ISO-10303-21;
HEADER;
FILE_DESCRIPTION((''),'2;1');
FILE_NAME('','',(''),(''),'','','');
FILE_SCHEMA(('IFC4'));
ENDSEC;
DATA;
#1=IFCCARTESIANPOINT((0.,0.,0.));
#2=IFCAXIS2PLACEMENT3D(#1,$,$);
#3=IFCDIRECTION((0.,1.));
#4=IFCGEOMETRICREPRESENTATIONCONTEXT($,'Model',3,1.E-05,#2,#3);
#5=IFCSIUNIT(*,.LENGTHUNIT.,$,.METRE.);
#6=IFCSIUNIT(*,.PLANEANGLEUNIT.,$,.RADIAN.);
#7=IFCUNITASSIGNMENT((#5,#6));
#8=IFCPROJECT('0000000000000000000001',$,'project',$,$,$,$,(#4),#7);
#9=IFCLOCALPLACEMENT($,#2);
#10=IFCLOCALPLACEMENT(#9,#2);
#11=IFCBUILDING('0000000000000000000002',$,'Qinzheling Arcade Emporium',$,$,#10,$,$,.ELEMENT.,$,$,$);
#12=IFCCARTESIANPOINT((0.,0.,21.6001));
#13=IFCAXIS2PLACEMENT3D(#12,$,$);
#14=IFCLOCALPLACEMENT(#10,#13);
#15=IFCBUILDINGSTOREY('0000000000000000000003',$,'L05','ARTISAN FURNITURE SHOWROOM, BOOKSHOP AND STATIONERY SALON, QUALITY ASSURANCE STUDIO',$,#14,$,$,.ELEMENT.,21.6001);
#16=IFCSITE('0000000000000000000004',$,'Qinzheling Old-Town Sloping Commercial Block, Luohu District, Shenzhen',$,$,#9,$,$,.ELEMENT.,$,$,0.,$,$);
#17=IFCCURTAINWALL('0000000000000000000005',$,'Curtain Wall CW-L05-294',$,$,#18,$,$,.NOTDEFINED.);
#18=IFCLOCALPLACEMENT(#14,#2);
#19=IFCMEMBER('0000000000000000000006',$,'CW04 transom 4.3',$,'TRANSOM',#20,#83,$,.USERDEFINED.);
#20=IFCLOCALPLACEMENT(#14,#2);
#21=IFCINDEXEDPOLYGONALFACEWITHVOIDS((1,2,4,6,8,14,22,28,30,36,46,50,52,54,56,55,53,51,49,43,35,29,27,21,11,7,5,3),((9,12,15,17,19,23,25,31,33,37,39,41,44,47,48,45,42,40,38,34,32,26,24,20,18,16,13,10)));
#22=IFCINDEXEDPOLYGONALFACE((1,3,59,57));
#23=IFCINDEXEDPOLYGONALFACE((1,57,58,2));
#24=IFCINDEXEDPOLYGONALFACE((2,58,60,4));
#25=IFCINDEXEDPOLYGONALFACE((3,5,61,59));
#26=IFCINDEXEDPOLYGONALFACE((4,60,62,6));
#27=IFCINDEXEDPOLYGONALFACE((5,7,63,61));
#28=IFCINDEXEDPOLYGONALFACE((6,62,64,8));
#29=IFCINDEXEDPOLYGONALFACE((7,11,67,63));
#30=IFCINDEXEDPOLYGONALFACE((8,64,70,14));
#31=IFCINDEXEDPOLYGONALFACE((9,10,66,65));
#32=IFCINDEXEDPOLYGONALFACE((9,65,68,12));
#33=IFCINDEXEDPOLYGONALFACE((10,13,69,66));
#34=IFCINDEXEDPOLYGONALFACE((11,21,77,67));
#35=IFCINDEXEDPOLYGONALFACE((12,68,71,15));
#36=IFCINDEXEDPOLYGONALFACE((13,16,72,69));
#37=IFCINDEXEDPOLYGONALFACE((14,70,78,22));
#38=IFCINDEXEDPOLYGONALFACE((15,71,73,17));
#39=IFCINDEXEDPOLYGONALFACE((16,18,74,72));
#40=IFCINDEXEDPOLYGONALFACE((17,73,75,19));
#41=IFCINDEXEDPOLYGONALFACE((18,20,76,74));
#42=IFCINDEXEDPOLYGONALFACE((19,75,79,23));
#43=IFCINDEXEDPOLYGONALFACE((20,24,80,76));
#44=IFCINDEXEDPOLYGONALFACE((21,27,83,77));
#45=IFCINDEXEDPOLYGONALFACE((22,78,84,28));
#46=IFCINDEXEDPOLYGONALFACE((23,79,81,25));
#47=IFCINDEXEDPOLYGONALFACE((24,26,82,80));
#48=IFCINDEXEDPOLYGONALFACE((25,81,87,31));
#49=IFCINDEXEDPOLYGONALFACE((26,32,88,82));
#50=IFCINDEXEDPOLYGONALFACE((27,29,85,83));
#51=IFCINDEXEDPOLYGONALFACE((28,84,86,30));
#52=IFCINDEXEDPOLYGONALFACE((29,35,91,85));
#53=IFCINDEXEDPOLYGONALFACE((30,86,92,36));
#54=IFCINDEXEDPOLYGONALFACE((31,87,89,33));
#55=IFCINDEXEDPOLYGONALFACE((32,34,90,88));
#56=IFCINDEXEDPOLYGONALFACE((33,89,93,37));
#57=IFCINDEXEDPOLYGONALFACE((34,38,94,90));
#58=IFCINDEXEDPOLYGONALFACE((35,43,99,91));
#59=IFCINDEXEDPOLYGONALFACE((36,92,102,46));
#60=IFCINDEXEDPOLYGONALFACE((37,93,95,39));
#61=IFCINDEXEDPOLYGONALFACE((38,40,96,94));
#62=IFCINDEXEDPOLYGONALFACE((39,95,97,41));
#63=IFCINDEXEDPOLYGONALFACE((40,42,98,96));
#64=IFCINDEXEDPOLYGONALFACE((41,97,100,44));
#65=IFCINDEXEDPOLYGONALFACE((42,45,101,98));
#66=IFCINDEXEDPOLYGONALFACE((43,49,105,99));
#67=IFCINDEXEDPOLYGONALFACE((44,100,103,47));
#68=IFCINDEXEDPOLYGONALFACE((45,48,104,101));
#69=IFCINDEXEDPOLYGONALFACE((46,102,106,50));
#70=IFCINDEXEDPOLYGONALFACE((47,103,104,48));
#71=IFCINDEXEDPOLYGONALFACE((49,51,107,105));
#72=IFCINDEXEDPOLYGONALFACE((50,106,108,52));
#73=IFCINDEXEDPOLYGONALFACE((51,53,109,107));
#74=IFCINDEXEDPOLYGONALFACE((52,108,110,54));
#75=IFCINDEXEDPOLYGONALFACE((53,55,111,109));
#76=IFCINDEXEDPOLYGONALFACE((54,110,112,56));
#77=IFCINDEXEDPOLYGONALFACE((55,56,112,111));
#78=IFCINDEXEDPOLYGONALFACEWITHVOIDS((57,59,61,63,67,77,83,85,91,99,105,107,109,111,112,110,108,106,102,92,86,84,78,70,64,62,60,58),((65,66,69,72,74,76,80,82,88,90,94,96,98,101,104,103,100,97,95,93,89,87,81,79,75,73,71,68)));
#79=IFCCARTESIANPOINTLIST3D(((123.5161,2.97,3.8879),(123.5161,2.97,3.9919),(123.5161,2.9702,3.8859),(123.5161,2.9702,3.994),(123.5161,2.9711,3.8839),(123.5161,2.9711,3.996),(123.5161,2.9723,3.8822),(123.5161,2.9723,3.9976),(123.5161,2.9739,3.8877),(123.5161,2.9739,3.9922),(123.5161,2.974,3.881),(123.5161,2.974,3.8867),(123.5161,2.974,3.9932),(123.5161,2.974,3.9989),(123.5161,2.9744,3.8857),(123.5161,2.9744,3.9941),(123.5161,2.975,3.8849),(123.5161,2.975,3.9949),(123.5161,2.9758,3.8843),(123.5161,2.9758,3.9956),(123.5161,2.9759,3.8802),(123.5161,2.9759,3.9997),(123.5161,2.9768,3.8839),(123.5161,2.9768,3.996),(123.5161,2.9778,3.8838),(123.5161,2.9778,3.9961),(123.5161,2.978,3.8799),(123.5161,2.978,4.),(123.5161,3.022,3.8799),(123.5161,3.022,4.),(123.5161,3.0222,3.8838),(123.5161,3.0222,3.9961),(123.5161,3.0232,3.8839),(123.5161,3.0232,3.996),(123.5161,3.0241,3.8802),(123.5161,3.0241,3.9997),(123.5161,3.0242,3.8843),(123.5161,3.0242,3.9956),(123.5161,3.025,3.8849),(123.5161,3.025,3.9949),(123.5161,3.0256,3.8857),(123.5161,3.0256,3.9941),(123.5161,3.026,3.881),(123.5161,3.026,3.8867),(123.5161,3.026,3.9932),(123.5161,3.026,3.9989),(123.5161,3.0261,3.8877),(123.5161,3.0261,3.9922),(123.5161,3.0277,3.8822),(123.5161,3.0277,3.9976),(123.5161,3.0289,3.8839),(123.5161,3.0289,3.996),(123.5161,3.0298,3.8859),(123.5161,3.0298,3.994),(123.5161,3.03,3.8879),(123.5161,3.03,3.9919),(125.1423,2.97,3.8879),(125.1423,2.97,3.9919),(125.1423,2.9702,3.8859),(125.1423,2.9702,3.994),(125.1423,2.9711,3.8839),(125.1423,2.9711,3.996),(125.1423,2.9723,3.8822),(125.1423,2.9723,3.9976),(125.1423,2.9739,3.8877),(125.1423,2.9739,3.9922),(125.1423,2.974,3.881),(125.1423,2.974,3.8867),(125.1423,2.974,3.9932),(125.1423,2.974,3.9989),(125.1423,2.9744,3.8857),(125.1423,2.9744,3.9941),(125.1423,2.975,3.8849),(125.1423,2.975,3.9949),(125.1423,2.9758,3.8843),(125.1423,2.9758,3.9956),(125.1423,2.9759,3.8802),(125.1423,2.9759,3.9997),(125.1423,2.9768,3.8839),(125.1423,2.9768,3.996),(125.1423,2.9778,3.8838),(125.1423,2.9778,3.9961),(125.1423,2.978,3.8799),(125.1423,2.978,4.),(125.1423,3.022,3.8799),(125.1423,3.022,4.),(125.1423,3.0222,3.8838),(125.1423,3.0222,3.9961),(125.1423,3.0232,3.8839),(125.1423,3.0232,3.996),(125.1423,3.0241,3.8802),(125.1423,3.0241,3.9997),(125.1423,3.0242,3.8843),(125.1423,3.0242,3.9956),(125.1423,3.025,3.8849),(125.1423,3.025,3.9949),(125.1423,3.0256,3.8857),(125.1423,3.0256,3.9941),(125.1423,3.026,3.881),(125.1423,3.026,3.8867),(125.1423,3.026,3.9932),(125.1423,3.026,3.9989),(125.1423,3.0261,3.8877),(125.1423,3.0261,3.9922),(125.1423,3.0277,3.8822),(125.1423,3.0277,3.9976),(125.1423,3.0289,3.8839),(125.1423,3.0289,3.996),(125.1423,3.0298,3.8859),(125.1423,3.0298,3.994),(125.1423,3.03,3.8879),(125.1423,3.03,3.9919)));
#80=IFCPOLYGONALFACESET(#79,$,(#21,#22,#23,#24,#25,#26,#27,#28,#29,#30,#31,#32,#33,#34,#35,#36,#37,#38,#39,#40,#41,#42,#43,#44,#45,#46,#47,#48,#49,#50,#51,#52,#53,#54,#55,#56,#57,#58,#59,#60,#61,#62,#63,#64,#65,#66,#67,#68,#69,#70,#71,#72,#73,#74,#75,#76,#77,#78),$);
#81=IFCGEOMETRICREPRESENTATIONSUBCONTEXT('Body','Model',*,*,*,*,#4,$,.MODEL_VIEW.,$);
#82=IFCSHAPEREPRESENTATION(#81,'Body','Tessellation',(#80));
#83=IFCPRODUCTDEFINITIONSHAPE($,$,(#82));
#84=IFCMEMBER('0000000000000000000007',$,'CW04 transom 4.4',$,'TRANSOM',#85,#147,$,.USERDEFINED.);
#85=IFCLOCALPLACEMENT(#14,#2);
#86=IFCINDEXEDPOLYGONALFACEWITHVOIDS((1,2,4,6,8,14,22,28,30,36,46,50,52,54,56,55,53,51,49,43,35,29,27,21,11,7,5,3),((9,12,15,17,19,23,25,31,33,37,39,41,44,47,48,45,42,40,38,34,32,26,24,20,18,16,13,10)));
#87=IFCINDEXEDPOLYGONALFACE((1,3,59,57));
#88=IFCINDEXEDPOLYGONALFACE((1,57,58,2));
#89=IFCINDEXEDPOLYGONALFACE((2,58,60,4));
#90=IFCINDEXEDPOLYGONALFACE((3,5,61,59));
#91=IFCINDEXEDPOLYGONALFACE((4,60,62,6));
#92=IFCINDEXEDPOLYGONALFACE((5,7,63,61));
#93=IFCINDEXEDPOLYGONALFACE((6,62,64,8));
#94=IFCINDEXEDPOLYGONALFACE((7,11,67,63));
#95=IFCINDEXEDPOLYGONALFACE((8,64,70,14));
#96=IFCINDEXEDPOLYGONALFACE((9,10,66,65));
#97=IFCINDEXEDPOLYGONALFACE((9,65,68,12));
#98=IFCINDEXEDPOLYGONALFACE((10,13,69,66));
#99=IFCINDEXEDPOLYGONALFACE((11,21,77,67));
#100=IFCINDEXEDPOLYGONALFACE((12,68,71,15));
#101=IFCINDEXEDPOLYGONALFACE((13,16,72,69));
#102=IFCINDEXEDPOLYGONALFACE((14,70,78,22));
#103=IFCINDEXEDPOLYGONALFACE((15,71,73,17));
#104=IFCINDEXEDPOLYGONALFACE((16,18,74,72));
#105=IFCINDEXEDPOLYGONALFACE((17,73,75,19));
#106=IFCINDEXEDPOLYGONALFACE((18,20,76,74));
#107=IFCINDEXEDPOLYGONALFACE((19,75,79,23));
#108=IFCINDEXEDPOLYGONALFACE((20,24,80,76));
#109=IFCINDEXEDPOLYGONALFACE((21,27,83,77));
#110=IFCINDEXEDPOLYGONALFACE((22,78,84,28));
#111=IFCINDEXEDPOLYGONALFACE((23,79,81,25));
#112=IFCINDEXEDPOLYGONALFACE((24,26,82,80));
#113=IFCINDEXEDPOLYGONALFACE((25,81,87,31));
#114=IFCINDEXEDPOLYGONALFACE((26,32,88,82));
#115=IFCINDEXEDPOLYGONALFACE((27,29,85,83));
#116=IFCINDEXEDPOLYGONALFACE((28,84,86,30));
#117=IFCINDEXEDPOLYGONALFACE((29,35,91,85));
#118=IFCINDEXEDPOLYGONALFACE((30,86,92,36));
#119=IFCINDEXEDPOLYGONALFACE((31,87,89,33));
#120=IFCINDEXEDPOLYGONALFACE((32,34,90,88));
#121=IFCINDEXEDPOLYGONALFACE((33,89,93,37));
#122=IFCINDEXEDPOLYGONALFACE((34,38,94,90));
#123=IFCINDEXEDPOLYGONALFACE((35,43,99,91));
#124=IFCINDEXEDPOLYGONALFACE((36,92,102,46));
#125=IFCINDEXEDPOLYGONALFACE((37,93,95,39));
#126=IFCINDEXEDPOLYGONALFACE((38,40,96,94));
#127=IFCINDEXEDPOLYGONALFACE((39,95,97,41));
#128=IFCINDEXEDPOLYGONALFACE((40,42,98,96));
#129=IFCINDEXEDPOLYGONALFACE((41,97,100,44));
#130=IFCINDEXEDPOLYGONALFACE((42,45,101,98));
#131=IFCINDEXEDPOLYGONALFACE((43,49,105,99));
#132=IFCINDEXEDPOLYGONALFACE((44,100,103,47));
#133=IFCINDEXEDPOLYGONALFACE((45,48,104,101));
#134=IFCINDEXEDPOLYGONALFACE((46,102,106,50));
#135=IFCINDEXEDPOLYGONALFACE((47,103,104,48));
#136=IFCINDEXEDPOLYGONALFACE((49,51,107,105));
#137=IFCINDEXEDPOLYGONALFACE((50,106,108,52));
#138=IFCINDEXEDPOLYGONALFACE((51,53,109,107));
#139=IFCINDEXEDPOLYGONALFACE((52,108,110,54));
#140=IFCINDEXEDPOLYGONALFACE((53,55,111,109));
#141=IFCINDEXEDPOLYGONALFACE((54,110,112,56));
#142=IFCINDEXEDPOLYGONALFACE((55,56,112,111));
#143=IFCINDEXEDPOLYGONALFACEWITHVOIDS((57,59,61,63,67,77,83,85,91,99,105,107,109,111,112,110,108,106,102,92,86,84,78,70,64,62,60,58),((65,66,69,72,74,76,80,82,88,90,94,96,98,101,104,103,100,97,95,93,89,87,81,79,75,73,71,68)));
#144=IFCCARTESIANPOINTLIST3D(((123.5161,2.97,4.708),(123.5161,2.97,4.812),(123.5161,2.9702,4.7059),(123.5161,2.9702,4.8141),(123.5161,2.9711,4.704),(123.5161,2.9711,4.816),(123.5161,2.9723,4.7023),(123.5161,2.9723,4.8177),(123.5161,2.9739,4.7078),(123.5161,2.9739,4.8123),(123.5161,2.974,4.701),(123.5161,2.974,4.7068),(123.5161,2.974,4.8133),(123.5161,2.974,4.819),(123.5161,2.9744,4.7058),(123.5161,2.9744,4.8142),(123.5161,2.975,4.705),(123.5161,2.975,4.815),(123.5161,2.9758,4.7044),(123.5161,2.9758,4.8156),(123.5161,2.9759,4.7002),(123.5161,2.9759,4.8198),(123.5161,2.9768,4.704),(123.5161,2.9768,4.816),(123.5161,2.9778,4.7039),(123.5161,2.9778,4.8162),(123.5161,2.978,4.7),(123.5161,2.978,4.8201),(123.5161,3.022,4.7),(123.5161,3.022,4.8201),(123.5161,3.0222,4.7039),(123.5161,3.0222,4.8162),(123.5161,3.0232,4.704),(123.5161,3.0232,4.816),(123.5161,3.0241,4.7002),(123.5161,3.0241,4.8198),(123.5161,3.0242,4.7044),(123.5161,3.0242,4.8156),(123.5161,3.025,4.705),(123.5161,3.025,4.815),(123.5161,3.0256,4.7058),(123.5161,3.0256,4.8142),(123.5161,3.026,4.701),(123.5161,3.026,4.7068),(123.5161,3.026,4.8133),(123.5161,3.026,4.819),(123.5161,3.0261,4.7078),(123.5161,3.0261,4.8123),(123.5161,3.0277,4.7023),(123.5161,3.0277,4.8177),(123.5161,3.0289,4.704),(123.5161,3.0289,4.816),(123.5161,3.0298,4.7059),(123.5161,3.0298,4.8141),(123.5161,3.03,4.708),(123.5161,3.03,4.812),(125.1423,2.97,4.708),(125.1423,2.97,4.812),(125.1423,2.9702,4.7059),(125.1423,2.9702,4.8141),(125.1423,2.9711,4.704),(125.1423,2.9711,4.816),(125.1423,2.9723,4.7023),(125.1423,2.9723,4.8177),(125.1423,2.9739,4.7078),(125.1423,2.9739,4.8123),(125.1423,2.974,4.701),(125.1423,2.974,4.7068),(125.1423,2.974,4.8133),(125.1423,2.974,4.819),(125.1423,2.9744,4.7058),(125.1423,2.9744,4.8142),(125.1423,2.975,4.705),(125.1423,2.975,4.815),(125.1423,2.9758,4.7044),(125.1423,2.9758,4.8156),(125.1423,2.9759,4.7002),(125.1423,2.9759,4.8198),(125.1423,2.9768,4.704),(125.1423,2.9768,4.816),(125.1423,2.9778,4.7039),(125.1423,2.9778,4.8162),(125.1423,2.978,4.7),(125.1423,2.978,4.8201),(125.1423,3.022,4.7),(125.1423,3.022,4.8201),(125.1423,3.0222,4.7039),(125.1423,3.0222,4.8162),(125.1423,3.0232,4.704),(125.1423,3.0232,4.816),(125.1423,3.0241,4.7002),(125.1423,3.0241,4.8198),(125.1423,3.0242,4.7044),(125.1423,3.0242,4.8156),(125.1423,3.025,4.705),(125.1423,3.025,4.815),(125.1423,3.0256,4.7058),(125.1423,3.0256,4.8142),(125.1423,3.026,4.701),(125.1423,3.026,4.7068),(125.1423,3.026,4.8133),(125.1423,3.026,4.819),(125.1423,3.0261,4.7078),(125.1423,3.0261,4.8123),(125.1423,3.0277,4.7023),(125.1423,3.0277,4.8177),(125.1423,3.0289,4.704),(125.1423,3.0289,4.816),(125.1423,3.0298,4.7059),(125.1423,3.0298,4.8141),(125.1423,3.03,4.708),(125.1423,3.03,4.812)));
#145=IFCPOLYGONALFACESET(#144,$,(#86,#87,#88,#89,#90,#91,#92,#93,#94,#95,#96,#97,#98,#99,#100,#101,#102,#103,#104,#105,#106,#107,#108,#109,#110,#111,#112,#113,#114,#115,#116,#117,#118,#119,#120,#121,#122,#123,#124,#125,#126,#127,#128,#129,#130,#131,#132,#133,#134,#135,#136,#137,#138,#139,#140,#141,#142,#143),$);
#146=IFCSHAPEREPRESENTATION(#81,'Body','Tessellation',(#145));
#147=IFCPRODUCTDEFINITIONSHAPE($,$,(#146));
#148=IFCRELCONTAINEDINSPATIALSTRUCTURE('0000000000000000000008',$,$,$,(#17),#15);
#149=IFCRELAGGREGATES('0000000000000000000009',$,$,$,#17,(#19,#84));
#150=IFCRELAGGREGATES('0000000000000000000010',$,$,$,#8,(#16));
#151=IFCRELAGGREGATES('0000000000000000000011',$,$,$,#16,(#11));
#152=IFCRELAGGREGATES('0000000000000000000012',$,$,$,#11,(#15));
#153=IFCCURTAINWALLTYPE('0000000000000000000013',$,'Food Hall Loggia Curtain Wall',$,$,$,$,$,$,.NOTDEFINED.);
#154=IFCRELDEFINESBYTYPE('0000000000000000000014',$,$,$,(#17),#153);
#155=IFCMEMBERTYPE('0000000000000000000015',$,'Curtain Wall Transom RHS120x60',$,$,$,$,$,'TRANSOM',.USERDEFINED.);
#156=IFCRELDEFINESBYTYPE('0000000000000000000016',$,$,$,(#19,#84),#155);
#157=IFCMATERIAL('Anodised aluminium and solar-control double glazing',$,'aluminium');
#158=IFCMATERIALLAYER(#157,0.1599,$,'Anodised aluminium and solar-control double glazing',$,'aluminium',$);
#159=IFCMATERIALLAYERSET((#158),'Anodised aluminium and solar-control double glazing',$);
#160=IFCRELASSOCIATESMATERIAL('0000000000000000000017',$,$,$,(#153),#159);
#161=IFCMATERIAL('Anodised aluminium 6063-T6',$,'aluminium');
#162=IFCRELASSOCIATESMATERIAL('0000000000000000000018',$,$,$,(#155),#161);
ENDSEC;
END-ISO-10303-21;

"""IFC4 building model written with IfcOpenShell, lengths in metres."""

from ifc_helpers import new_model, si_unit, direction, frame, origin, origin_2d, place, context, subcontext, project, spatial, hollow_rectangle, extrude, material, layer, layer_set, material_profile, profile_set, type_object, element, aggregate, save


model = new_model("IFC4")

# Units and contexts
model_context = context("Model", 3, precision=1e-05, world=origin(), true_north=direction((0.0, 1.0)))
body_context = subcontext(model_context, "Body", "Model", "MODEL_VIEW")
ifc_project = project(units=[si_unit("LENGTHUNIT", "METRE"), si_unit("PLANEANGLEUNIT", "RADIAN")], contexts=[model_context])

# Site, building, storey
site_placement = place(None, origin())
site = spatial("IfcSite", under=ifc_project, at=site_placement, Name="Qinzheling Old-Town Sloping Commercial Block, Luohu District, Shenzhen", CompositionType="ELEMENT", RefElevation=0.0)
building_placement = place(site_placement, origin())
building = spatial("IfcBuilding", under=site, at=building_placement, Name="Qinzheling Arcade Emporium", CompositionType="ELEMENT")
storey_placement = place(building_placement, frame((0.0, 0.0, 21.6001)))
storey = spatial("IfcBuildingStorey", under=building, at=storey_placement, Name="L05", Description="ARTISAN FURNITURE SHOWROOM, BOOKSHOP AND STATIONERY SALON, QUALITY ASSURANCE STUDIO", CompositionType="ELEMENT", Elevation=21.6001)

# Curtain wall
ifc_material_1 = material(Name="Anodised aluminium and solar-control double glazing", Category="aluminium")
ifc_layer_1 = layer(ifc_material_1, 0.1599, Name="Anodised aluminium and solar-control double glazing", Category="aluminium")
ifc_layer_set_1 = layer_set([ifc_layer_1], Name="Anodised aluminium and solar-control double glazing")
curtain_wall_type = type_object("IfcCurtainWallType", Name="Food Hall Loggia Curtain Wall", PredefinedType="NOTDEFINED", material=ifc_layer_set_1)
curtain_wall_1_placement = place(storey_placement, origin())
curtain_wall_1 = element("IfcCurtainWall", 1, at=curtain_wall_1_placement, inside=storey, type_object=curtain_wall_type, Name="Curtain Wall CW-L05-294", PredefinedType="NOTDEFINED")
ifc_material_2 = material(Name="Anodised aluminium 6063-T6", Category="aluminium")

# Members
ifc_material_profile_1 = material_profile(ifc_material_2, hollow_rectangle(XDim=0.0601, YDim=0.1201, WallThickness=0.0039, InnerFilletRadius=0.0039, OuterFilletRadius=0.0081, at=origin_2d()), Name="RHS 120x60x4", Category="aluminium")
ifc_profile_set_1 = profile_set([ifc_material_profile_1], Name="Anodised aluminium 6063-T6")
member_type_1 = type_object("IfcMemberType", Name="Curtain Wall Transom RHS120x60", ElementType="TRANSOM", PredefinedType="USERDEFINED", material=ifc_profile_set_1)
member_1_placement = place(storey_placement, frame((125.1423, 3.0, 3.9399), z_axis=(-1.0, 0.0, 0.0), x_axis=(0.0, -1.0, 0.0)))
member_1 = element("IfcMember", 2, at=member_1_placement, type_object=member_type_1, Name="CW04 transom 4.3", ObjectType="TRANSOM", PredefinedType="USERDEFINED", context=body_context, shape_type="SweptSolid", body=[
    extrude(hollow_rectangle(XDim=0.0601, YDim=0.1201, WallThickness=0.0039, InnerFilletRadius=0.0039, OuterFilletRadius=0.0081, at=origin_2d()), origin(), (0.0, 0.0, 1.0), 1.6262),
])
member_2_placement = place(storey_placement, frame((125.1423, 3.0, 4.76), z_axis=(-1.0, 0.0, 0.0), x_axis=(0.0, -1.0, 0.0)))
member_2 = element("IfcMember", 3, at=member_2_placement, type_object=member_type_1, Name="CW04 transom 4.4", ObjectType="TRANSOM", PredefinedType="USERDEFINED", context=body_context, shape_type="SweptSolid", body=[
    extrude(hollow_rectangle(XDim=0.0601, YDim=0.1201, WallThickness=0.0039, InnerFilletRadius=0.0039, OuterFilletRadius=0.0081, at=origin_2d()), origin(), (0.0, 0.0, 1.0), 1.6262),
])

aggregate(curtain_wall_1, [member_1, member_2])

save(model, "model.ifc")
